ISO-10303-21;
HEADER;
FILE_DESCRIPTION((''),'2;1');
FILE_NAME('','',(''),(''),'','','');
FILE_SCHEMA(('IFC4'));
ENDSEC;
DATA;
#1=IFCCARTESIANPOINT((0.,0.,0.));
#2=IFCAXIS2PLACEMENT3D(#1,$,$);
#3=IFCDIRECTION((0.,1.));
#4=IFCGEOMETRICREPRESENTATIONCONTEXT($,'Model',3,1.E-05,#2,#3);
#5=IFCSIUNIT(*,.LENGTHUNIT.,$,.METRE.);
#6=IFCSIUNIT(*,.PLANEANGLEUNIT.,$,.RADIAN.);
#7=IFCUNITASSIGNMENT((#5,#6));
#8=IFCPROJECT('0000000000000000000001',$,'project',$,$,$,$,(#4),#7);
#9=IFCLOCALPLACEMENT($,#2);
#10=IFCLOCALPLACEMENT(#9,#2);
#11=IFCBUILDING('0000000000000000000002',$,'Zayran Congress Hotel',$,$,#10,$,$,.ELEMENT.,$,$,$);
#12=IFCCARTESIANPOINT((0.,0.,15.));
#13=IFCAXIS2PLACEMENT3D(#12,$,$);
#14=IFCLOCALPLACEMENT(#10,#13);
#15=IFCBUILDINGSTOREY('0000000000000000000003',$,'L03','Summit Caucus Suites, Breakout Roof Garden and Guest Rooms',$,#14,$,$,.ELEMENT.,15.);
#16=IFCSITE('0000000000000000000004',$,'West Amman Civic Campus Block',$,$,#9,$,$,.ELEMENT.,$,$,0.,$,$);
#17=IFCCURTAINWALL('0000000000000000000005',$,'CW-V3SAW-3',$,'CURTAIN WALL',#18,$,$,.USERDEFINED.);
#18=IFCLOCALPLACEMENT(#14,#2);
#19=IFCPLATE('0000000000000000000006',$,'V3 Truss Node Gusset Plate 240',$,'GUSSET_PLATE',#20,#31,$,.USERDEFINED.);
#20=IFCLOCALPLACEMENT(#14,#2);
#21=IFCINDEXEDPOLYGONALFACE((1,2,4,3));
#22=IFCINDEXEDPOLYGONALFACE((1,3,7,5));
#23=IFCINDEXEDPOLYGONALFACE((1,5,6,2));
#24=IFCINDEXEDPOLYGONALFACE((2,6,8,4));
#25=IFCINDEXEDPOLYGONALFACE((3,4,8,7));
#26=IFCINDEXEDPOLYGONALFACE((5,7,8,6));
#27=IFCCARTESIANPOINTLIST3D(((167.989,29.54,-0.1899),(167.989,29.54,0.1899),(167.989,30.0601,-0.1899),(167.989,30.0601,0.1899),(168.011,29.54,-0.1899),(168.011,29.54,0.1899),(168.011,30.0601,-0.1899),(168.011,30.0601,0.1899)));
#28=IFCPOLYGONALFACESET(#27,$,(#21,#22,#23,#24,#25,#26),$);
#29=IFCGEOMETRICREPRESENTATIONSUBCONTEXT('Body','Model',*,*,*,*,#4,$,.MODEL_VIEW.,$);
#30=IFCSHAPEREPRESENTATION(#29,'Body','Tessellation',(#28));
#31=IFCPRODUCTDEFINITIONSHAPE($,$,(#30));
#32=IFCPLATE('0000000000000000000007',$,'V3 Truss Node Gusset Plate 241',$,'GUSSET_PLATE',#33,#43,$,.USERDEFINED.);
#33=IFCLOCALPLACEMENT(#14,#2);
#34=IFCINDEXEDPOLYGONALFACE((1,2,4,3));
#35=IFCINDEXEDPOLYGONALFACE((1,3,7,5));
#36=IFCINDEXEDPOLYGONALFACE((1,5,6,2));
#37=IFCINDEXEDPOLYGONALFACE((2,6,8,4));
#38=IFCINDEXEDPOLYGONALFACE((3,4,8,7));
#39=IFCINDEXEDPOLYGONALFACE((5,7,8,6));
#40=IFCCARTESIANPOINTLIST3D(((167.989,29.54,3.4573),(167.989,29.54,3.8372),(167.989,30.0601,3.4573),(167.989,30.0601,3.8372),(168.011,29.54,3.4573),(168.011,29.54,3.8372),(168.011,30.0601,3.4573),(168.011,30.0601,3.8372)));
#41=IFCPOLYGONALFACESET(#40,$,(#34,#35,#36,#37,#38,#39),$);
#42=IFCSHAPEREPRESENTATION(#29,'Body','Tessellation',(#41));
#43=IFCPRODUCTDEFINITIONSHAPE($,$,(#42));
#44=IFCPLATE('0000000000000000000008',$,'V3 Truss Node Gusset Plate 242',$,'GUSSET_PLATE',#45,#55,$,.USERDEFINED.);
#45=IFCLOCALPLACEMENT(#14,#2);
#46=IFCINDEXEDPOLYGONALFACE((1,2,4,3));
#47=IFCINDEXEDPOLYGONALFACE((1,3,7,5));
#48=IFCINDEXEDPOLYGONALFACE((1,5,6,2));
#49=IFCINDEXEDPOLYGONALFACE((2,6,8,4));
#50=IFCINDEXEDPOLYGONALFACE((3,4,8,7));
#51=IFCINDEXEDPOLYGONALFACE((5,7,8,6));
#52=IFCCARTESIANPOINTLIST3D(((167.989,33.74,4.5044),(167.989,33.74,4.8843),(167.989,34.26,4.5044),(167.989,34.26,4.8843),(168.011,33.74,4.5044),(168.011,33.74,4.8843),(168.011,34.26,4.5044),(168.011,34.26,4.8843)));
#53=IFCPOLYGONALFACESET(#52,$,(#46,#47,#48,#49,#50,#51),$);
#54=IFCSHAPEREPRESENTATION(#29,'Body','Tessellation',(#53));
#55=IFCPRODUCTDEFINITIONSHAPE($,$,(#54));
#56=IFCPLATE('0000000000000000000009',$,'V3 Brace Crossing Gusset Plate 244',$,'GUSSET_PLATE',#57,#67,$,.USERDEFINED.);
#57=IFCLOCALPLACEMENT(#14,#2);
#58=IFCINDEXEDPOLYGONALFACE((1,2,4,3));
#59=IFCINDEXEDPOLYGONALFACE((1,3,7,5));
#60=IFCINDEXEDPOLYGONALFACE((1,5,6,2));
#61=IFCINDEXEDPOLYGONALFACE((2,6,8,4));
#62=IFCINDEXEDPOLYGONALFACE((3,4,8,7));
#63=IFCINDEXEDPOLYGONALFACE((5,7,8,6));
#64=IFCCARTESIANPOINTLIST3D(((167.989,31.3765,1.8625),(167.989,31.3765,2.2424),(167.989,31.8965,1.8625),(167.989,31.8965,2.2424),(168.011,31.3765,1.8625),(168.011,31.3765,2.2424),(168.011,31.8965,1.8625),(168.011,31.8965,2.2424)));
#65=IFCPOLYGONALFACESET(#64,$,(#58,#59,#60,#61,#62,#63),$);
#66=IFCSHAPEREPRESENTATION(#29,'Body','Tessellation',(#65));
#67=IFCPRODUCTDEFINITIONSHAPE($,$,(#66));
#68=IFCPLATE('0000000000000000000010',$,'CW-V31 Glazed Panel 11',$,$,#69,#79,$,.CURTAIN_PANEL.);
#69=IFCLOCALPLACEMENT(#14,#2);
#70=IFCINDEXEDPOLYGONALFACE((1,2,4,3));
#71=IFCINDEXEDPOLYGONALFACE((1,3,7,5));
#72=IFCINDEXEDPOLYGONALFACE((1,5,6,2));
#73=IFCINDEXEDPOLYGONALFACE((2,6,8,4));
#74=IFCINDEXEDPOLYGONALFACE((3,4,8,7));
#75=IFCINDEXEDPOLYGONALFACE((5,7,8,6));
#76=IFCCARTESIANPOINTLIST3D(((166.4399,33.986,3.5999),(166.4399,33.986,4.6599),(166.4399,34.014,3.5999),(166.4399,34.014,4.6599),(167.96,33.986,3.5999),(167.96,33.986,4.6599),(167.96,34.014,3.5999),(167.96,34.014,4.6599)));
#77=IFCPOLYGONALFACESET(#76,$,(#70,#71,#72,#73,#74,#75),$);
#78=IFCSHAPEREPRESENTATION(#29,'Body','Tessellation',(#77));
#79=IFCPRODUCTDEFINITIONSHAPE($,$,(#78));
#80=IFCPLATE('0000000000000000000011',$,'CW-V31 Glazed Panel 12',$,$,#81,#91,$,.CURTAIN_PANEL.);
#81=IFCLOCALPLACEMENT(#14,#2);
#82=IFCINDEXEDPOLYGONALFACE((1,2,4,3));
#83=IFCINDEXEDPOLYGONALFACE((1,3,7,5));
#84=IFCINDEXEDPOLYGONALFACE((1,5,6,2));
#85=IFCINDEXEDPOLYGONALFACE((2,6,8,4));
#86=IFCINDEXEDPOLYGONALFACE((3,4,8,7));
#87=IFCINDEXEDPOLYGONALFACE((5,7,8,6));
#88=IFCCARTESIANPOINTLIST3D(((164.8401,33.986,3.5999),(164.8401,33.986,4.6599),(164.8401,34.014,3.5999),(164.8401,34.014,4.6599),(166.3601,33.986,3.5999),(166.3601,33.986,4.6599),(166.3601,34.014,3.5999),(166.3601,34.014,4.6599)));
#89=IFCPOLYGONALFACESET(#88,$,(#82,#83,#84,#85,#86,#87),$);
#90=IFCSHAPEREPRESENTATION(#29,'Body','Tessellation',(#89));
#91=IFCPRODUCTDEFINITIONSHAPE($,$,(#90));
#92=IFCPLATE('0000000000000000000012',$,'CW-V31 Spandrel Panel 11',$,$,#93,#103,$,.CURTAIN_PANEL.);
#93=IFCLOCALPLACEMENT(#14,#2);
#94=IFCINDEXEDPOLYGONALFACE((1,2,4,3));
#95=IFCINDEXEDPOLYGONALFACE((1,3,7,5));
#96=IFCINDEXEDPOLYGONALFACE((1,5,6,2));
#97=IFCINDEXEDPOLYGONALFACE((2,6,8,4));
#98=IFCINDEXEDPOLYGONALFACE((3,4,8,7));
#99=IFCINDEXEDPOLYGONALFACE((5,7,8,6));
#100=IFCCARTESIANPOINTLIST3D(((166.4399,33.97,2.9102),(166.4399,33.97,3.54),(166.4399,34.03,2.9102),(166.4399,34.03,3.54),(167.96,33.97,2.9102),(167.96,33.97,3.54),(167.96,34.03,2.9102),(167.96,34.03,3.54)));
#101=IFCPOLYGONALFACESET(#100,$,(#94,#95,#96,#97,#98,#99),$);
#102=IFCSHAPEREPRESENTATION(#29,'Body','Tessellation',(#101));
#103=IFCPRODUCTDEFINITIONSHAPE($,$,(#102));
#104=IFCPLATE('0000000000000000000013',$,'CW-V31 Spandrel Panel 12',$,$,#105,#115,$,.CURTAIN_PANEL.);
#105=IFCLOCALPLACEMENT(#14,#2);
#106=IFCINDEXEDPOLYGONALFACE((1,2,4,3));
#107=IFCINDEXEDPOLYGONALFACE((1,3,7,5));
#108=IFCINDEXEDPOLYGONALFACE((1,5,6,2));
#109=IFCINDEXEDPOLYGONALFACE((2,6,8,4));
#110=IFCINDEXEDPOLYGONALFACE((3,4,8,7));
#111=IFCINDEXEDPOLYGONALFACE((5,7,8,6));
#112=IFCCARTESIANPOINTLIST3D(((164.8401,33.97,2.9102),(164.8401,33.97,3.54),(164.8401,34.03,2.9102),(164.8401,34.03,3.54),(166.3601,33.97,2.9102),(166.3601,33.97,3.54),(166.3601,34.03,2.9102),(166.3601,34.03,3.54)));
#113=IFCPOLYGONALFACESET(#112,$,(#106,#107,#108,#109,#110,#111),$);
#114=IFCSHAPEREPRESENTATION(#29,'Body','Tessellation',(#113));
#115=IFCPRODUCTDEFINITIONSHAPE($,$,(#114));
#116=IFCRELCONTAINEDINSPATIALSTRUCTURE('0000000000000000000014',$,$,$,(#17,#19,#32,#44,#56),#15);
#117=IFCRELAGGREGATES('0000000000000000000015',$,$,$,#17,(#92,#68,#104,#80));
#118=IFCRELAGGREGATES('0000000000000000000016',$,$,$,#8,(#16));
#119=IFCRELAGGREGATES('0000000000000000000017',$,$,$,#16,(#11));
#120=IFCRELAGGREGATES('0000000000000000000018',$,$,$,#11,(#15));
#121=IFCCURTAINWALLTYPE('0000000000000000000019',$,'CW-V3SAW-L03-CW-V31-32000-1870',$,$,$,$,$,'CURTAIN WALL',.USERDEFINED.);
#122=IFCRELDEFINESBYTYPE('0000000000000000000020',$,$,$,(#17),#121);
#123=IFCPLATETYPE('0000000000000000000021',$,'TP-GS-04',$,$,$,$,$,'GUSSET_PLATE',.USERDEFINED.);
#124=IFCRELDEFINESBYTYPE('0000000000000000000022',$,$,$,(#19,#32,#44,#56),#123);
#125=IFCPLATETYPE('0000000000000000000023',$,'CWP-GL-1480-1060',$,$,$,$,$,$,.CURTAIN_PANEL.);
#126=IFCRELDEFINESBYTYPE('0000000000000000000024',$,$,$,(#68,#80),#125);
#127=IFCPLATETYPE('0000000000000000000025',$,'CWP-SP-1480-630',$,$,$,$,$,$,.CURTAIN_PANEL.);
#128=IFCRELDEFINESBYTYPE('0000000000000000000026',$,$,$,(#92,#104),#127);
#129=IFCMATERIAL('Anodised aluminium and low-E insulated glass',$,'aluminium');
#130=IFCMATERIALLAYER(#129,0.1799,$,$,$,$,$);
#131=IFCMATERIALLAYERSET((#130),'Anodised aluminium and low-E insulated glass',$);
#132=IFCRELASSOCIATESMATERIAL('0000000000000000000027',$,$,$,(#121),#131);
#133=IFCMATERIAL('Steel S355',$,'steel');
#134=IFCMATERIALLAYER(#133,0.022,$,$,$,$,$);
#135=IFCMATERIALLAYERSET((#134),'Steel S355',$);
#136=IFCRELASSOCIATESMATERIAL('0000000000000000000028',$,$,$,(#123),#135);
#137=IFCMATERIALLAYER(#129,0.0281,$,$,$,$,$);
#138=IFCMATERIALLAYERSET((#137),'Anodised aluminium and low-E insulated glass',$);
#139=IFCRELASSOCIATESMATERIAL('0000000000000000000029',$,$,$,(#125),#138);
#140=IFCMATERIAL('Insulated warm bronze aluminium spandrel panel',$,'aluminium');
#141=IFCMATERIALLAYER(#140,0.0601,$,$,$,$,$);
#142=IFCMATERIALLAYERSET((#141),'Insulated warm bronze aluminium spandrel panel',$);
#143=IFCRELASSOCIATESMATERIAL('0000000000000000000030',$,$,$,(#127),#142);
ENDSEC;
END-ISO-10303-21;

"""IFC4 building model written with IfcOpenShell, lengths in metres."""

from ifc_helpers import new_model, si_unit, direction, frame, origin, origin_2d, place, context, subcontext, project, spatial, rectangle, extrude, material, layer, layer_set, type_object, element, aggregate, save


model = new_model("IFC4")

# Units and contexts
model_context = context("Model", 3, precision=1e-05, world=origin(), true_north=direction((0.0, 1.0)))
body_context = subcontext(model_context, "Body", "Model", "MODEL_VIEW")
ifc_project = project(units=[si_unit("LENGTHUNIT", "METRE"), si_unit("PLANEANGLEUNIT", "RADIAN")], contexts=[model_context])

# Site, building, storey
site_placement = place(None, origin())
site = spatial("IfcSite", under=ifc_project, at=site_placement, Name="West Amman Civic Campus Block", CompositionType="ELEMENT", RefElevation=0.0)
building_placement = place(site_placement, origin())
building = spatial("IfcBuilding", under=site, at=building_placement, Name="Zayran Congress Hotel", CompositionType="ELEMENT")
storey_placement = place(building_placement, frame((0.0, 0.0, 15.0)))
storey = spatial("IfcBuildingStorey", under=building, at=storey_placement, Name="L03", Description="Summit Caucus Suites, Breakout Roof Garden and Guest Rooms", CompositionType="ELEMENT", Elevation=15.0)

# Shared definitions
ifc_material_1 = material(Name="Steel S355", Category="steel")

# Curtain wall
ifc_material_2 = material(Name="Anodised aluminium and low-E insulated glass", Category="aluminium")
ifc_layer_1 = layer(ifc_material_2, 0.1799)
ifc_layer_set_1 = layer_set([ifc_layer_1], Name="Anodised aluminium and low-E insulated glass")
curtain_wall_type = type_object("IfcCurtainWallType", Name="CW-V3SAW-L03-CW-V31-32000-1870", ElementType="CURTAIN WALL", PredefinedType="USERDEFINED", material=ifc_layer_set_1)
curtain_wall_placement = place(storey_placement, origin())
curtain_wall = element("IfcCurtainWall", 1, at=curtain_wall_placement, inside=storey, type_object=curtain_wall_type, Name="CW-V3SAW-3", ObjectType="CURTAIN WALL", PredefinedType="USERDEFINED")

# Plates
ifc_layer_2 = layer(ifc_material_1, 0.022)
ifc_layer_set_2 = layer_set([ifc_layer_2], Name="Steel S355")
plate_type_1 = type_object("IfcPlateType", Name="TP-GS-04", ElementType="GUSSET_PLATE", PredefinedType="USERDEFINED", material=ifc_layer_set_2)
for number, where, z_axis, x_axis, name in (
    (2, (168.0, 29.8, -0.1899), (0.0, 0.0, 1.0), (0.0, 1.0, 0.0), "V3 Truss Node Gusset Plate 240"),
    (3, (168.0, 29.8, 3.4573), (0.0, 0.0, 1.0), (0.0, 1.0, 0.0), "V3 Truss Node Gusset Plate 241"),
    (4, (168.0, 34.0, 4.5044), (0.0, 0.0, 1.0), (0.0, 1.0, 0.0), "V3 Truss Node Gusset Plate 242"),
    (5, (168.0, 31.6365, 1.8625), (0.0, 0.0, 1.0), (0.0, 1.0, 0.0), "V3 Brace Crossing Gusset Plate 244"),
):
    element("IfcPlate", number, at=place(storey_placement, frame(where, z_axis=z_axis, x_axis=x_axis)), inside=storey, type_object=plate_type_1, Name=name, ObjectType="GUSSET_PLATE", PredefinedType="USERDEFINED", context=body_context, shape_type="SweptSolid", body=[
        extrude(rectangle(XDim=0.52, YDim=0.022, at=origin_2d()), origin(), (0.0, 0.0, 1.0), 0.3799),
    ])

# Plates
ifc_layer_3 = layer(ifc_material_2, 0.0281)
ifc_layer_set_3 = layer_set([ifc_layer_3], Name="Anodised aluminium and low-E insulated glass")
plate_type_2 = type_object("IfcPlateType", Name="CWP-GL-1480-1060", PredefinedType="CURTAIN_PANEL", material=ifc_layer_set_3)
plate_1_placement = place(storey_placement, frame((167.2, 34.0, 3.5999), z_axis=(0.0, 0.0, 1.0), x_axis=(1.0, 0.0, 0.0)))
plate_1 = element("IfcPlate", 6, at=plate_1_placement, type_object=plate_type_2, Name="CW-V31 Glazed Panel 11", PredefinedType="CURTAIN_PANEL", context=body_context, shape_type="SweptSolid", body=[
    extrude(rectangle(XDim=1.52, YDim=0.0281, at=origin_2d()), origin(), (0.0, 0.0, 1.0), 1.0601),
])
plate_2_placement = place(storey_placement, frame((165.6001, 34.0, 3.5999), z_axis=(0.0, 0.0, 1.0), x_axis=(1.0, 0.0, 0.0)))
plate_2 = element("IfcPlate", 7, at=plate_2_placement, type_object=plate_type_2, Name="CW-V31 Glazed Panel 12", PredefinedType="CURTAIN_PANEL", context=body_context, shape_type="SweptSolid", body=[
    extrude(rectangle(XDim=1.52, YDim=0.0281, at=origin_2d()), origin(), (0.0, 0.0, 1.0), 1.0601),
])
ifc_material_3 = material(Name="Insulated warm bronze aluminium spandrel panel", Category="aluminium")
ifc_layer_4 = layer(ifc_material_3, 0.0601)
ifc_layer_set_4 = layer_set([ifc_layer_4], Name="Insulated warm bronze aluminium spandrel panel")
plate_type_3 = type_object("IfcPlateType", Name="CWP-SP-1480-630", PredefinedType="CURTAIN_PANEL", material=ifc_layer_set_4)
plate_3_placement = place(storey_placement, frame((167.2, 34.0, 2.9102), z_axis=(0.0, 0.0, 1.0), x_axis=(1.0, 0.0, 0.0)))
plate_3 = element("IfcPlate", 8, at=plate_3_placement, type_object=plate_type_3, Name="CW-V31 Spandrel Panel 11", PredefinedType="CURTAIN_PANEL", context=body_context, shape_type="SweptSolid", body=[
    extrude(rectangle(XDim=1.52, YDim=0.0601, at=origin_2d()), origin(), (0.0, 0.0, 1.0), 0.6299),
])
plate_4_placement = place(storey_placement, frame((165.6001, 34.0, 2.9102), z_axis=(0.0, 0.0, 1.0), x_axis=(1.0, 0.0, 0.0)))
plate_4 = element("IfcPlate", 9, at=plate_4_placement, type_object=plate_type_3, Name="CW-V31 Spandrel Panel 12", PredefinedType="CURTAIN_PANEL", context=body_context, shape_type="SweptSolid", body=[
    extrude(rectangle(XDim=1.52, YDim=0.0601, at=origin_2d()), origin(), (0.0, 0.0, 1.0), 0.6299),
])
aggregate(curtain_wall, [plate_3, plate_1, plate_4, plate_2])

save(model, "model.ifc")
